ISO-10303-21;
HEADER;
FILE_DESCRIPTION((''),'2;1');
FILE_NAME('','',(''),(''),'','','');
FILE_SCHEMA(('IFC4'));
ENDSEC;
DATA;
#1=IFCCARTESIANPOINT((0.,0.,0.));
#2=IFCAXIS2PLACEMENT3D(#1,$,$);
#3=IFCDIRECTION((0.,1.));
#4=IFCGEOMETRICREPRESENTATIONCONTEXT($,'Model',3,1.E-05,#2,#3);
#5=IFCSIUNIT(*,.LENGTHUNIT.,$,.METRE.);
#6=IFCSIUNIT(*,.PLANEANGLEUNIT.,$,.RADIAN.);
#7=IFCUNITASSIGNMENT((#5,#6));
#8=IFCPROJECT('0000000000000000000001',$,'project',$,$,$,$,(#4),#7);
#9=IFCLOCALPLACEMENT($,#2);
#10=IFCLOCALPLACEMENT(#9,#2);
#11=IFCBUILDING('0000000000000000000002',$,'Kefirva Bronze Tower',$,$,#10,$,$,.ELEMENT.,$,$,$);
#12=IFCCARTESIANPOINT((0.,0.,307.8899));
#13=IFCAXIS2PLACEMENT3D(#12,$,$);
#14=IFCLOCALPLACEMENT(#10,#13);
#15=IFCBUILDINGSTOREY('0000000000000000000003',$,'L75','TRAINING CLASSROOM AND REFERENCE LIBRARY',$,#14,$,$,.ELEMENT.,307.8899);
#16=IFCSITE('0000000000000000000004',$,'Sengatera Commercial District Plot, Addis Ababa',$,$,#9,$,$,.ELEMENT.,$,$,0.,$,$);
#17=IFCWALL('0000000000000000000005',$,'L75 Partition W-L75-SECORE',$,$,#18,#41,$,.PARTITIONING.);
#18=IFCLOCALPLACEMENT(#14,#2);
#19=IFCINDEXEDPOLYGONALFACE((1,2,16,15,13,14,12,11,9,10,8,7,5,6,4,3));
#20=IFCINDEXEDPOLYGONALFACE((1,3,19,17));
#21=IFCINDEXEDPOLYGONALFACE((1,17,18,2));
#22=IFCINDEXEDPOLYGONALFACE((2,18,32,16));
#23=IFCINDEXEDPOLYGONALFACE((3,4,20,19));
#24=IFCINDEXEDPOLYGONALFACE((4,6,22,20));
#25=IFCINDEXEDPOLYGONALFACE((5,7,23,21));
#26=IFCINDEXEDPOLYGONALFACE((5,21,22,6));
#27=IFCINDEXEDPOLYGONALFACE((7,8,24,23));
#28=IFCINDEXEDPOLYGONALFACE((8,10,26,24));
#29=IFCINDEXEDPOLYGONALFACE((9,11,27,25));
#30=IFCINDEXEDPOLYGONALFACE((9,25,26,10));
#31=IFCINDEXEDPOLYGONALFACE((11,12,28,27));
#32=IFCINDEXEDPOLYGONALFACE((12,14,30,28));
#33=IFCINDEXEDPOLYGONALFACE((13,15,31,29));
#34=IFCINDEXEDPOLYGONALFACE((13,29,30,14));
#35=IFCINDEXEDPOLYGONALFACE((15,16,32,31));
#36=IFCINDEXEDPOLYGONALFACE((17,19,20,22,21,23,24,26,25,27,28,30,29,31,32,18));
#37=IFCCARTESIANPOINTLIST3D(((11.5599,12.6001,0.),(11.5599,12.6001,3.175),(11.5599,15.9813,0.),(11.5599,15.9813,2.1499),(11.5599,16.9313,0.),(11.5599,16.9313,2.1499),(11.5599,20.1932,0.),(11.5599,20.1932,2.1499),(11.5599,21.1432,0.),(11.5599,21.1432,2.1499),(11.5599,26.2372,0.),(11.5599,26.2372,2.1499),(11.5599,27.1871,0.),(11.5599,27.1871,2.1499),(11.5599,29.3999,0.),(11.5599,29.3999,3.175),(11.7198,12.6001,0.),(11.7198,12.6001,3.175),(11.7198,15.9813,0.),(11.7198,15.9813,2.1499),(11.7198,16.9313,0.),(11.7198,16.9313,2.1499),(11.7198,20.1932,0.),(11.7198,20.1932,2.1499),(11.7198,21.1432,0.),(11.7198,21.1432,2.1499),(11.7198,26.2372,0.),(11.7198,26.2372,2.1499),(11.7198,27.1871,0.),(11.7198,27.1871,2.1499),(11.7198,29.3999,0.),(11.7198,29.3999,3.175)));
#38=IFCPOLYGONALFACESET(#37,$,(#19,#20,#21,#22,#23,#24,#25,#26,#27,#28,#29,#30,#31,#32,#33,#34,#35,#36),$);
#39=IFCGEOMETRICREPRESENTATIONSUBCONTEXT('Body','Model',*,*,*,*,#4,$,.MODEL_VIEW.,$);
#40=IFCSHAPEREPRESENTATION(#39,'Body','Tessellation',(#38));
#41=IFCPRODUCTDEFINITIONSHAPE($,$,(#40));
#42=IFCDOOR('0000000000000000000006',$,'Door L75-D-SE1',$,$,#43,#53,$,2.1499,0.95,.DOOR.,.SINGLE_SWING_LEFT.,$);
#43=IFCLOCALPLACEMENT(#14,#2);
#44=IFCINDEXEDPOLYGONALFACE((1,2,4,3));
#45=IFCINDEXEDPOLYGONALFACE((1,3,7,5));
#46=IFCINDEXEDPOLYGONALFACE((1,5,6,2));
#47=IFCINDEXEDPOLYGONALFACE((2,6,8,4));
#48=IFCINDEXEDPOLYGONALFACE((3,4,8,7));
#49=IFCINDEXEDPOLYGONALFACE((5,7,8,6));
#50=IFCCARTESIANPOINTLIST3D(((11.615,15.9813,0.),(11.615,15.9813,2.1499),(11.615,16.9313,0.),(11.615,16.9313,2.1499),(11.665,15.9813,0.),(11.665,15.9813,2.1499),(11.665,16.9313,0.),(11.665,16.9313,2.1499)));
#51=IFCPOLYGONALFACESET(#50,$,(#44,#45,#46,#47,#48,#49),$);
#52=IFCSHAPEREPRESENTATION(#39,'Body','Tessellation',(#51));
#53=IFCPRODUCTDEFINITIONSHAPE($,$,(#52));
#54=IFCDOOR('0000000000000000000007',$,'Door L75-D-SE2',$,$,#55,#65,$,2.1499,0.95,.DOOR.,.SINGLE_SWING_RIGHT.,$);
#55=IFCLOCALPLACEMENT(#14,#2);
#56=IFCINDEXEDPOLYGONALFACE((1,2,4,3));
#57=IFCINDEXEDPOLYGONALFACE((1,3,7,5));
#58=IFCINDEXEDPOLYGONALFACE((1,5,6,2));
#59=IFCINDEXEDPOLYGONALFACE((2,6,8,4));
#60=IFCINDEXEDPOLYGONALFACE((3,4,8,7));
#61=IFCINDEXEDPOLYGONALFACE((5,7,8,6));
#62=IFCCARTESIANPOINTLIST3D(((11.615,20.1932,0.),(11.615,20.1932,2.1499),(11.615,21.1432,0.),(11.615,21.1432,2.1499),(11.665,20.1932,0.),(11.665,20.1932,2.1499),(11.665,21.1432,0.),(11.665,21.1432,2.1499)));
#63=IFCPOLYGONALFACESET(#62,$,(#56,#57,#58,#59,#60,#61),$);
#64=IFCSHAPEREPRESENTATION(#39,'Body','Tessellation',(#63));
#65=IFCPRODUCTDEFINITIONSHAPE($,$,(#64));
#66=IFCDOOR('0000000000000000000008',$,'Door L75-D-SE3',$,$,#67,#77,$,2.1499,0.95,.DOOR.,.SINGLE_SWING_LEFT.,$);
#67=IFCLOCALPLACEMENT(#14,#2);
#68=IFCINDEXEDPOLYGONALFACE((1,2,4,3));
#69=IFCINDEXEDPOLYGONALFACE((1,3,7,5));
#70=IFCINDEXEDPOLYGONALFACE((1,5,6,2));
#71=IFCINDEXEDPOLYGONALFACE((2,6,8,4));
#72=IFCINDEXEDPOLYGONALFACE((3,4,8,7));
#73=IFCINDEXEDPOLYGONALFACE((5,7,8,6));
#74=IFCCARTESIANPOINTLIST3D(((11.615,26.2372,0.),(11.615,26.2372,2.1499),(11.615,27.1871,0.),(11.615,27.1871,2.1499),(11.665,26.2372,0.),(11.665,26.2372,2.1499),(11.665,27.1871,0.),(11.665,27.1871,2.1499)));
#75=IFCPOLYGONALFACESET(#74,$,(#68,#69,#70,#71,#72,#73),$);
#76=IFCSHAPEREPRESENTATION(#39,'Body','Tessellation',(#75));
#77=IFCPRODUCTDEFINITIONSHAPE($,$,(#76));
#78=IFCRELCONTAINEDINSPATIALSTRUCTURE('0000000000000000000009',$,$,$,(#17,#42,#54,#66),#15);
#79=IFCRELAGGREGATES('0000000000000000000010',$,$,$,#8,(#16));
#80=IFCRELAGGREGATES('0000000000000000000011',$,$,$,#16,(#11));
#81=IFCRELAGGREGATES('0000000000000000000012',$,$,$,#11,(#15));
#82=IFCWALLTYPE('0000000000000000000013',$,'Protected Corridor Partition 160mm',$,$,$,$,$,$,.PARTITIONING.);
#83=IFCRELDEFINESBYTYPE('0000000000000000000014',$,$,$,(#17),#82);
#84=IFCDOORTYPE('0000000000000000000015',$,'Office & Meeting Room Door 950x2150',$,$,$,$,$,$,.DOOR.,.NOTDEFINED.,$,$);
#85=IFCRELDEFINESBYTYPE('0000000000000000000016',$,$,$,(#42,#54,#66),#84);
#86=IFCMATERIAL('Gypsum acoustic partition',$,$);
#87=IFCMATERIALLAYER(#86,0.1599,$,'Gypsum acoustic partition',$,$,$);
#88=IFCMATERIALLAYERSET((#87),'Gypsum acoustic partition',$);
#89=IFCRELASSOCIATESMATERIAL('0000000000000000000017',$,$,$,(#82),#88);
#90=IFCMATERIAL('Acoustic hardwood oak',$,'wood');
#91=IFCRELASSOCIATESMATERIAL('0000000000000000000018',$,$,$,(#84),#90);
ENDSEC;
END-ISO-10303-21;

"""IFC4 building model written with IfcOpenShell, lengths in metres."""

from ifc_helpers import new_model, si_unit, direction, frame, frame_2d, origin, place, context, subcontext, project, spatial, rectangle, extrude, material, layer, layer_set, type_object, element, fill, save


model = new_model("IFC4")

# Units and contexts
model_context = context("Model", 3, precision=1e-05, world=origin(), true_north=direction((0.0, 1.0)))
body_context = subcontext(model_context, "Body", "Model", "MODEL_VIEW")
ifc_project = project(units=[si_unit("LENGTHUNIT", "METRE"), si_unit("PLANEANGLEUNIT", "RADIAN")], contexts=[model_context])

# Site, building, storey
site_placement = place(None, origin())
site = spatial("IfcSite", under=ifc_project, at=site_placement, Name="Sengatera Commercial District Plot, Addis Ababa", CompositionType="ELEMENT", RefElevation=0.0)
building_placement = place(site_placement, origin())
building = spatial("IfcBuilding", under=site, at=building_placement, Name="Kefirva Bronze Tower", CompositionType="ELEMENT")
storey_placement = place(building_placement, frame((0.0, 0.0, 307.8899)))
storey = spatial("IfcBuildingStorey", under=building, at=storey_placement, Name="L75", Description="TRAINING CLASSROOM AND REFERENCE LIBRARY", CompositionType="ELEMENT", Elevation=307.8899)

# Shared definitions
ifc_material_1 = material(Name="Gypsum acoustic partition")

# Wall, openings, doors
ifc_layer_1 = layer(ifc_material_1, 0.1599, Name="Gypsum acoustic partition")
ifc_layer_set_1 = layer_set([ifc_layer_1], Name="Gypsum acoustic partition")
wall_type_1 = type_object("IfcWallType", Name="Protected Corridor Partition 160mm", PredefinedType="PARTITIONING", material=ifc_layer_set_1)
wall_placement = place(storey_placement, frame((11.6399, 12.6001, 0.0), z_axis=(0.0, 0.0, 1.0), x_axis=(0.0, 1.0, 0.0)))
wall = element("IfcWall", 1, at=wall_placement, inside=storey, type_object=wall_type_1, Name="L75 Partition W-L75-SECORE", PredefinedType="PARTITIONING", context=body_context, shape_type="SweptSolid", body=[
    extrude(rectangle(XDim=16.7998, YDim=0.1599, at=frame_2d((8.3999, 0.0))), origin(), (0.0, 0.0, 1.0), 3.175),
])
opening_1_placement = place(wall_placement, frame((3.3811, 0.0, 0.0)))
opening_1 = element("IfcOpeningElement", 2, at=opening_1_placement, cuts=wall, PredefinedType="OPENING", context=body_context, shape_type="SweptSolid", body=[
    extrude(rectangle(XDim=0.95, YDim=2.1499, at=frame_2d((0.4751, 1.075))), frame((0.0, 0.0898, 0.0), z_axis=(0.0, -1.0, 0.0), x_axis=(1.0, 0.0, 0.0)), (0.0, 0.0, 1.0), 0.1799),
])
opening_2_placement = place(wall_placement, frame((7.593, 0.0, 0.0)))
opening_2 = element("IfcOpeningElement", 3, at=opening_2_placement, cuts=wall, PredefinedType="OPENING", context=body_context, shape_type="SweptSolid", body=[
    extrude(rectangle(XDim=0.95, YDim=2.1499, at=frame_2d((0.4751, 1.075))), frame((0.0, 0.0898, 0.0), z_axis=(0.0, -1.0, 0.0), x_axis=(1.0, 0.0, 0.0)), (0.0, 0.0, 1.0), 0.1799),
])
opening_3_placement = place(wall_placement, frame((13.637, 0.0, 0.0)))
opening_3 = element("IfcOpeningElement", 4, at=opening_3_placement, cuts=wall, PredefinedType="OPENING", context=body_context, shape_type="SweptSolid", body=[
    extrude(rectangle(XDim=0.95, YDim=2.1499, at=frame_2d((0.4751, 1.075))), frame((0.0, 0.0898, 0.0), z_axis=(0.0, -1.0, 0.0), x_axis=(1.0, 0.0, 0.0)), (0.0, 0.0, 1.0), 0.1799),
])
ifc_material_2 = material(Name="Acoustic hardwood oak", Category="wood")
door_type = type_object("IfcDoorType", Name="Office & Meeting Room Door 950x2150", OperationType="NOTDEFINED", PredefinedType="DOOR", material=ifc_material_2)
door_1_placement = place(opening_1_placement, origin())
door_1 = element("IfcDoor", 5, at=door_1_placement, inside=storey, type_object=door_type, Name="Door L75-D-SE1", OperationType="SINGLE_SWING_LEFT", OverallHeight=2.1499, OverallWidth=0.95, PredefinedType="DOOR", context=body_context, shape_type="SweptSolid", body=[
    extrude(rectangle(XDim=0.95, YDim=2.1499, at=frame_2d((0.4751, 1.075))), frame((0.0, 0.0249, 0.0), z_axis=(0.0, -1.0, 0.0), x_axis=(1.0, 0.0, 0.0)), (0.0, 0.0, 1.0), 0.05),
])
fill(opening_1, door_1)
door_2_placement = place(opening_2_placement, origin())
door_2 = element("IfcDoor", 6, at=door_2_placement, inside=storey, type_object=door_type, Name="Door L75-D-SE2", OperationType="SINGLE_SWING_RIGHT", OverallHeight=2.1499, OverallWidth=0.95, PredefinedType="DOOR", context=body_context, shape_type="SweptSolid", body=[
    extrude(rectangle(XDim=0.95, YDim=2.1499, at=frame_2d((0.4751, 1.075))), frame((0.0, 0.0249, 0.0), z_axis=(0.0, -1.0, 0.0), x_axis=(1.0, 0.0, 0.0)), (0.0, 0.0, 1.0), 0.05),
])
fill(opening_2, door_2)
door_3_placement = place(opening_3_placement, origin())
door_3 = element("IfcDoor", 7, at=door_3_placement, inside=storey, type_object=door_type, Name="Door L75-D-SE3", OperationType="SINGLE_SWING_LEFT", OverallHeight=2.1499, OverallWidth=0.95, PredefinedType="DOOR", context=body_context, shape_type="SweptSolid", body=[
    extrude(rectangle(XDim=0.95, YDim=2.1499, at=frame_2d((0.4751, 1.075))), frame((0.0, 0.0249, 0.0), z_axis=(0.0, -1.0, 0.0), x_axis=(1.0, 0.0, 0.0)), (0.0, 0.0, 1.0), 0.05),
])
fill(opening_3, door_3)

save(model, "model.ifc")
